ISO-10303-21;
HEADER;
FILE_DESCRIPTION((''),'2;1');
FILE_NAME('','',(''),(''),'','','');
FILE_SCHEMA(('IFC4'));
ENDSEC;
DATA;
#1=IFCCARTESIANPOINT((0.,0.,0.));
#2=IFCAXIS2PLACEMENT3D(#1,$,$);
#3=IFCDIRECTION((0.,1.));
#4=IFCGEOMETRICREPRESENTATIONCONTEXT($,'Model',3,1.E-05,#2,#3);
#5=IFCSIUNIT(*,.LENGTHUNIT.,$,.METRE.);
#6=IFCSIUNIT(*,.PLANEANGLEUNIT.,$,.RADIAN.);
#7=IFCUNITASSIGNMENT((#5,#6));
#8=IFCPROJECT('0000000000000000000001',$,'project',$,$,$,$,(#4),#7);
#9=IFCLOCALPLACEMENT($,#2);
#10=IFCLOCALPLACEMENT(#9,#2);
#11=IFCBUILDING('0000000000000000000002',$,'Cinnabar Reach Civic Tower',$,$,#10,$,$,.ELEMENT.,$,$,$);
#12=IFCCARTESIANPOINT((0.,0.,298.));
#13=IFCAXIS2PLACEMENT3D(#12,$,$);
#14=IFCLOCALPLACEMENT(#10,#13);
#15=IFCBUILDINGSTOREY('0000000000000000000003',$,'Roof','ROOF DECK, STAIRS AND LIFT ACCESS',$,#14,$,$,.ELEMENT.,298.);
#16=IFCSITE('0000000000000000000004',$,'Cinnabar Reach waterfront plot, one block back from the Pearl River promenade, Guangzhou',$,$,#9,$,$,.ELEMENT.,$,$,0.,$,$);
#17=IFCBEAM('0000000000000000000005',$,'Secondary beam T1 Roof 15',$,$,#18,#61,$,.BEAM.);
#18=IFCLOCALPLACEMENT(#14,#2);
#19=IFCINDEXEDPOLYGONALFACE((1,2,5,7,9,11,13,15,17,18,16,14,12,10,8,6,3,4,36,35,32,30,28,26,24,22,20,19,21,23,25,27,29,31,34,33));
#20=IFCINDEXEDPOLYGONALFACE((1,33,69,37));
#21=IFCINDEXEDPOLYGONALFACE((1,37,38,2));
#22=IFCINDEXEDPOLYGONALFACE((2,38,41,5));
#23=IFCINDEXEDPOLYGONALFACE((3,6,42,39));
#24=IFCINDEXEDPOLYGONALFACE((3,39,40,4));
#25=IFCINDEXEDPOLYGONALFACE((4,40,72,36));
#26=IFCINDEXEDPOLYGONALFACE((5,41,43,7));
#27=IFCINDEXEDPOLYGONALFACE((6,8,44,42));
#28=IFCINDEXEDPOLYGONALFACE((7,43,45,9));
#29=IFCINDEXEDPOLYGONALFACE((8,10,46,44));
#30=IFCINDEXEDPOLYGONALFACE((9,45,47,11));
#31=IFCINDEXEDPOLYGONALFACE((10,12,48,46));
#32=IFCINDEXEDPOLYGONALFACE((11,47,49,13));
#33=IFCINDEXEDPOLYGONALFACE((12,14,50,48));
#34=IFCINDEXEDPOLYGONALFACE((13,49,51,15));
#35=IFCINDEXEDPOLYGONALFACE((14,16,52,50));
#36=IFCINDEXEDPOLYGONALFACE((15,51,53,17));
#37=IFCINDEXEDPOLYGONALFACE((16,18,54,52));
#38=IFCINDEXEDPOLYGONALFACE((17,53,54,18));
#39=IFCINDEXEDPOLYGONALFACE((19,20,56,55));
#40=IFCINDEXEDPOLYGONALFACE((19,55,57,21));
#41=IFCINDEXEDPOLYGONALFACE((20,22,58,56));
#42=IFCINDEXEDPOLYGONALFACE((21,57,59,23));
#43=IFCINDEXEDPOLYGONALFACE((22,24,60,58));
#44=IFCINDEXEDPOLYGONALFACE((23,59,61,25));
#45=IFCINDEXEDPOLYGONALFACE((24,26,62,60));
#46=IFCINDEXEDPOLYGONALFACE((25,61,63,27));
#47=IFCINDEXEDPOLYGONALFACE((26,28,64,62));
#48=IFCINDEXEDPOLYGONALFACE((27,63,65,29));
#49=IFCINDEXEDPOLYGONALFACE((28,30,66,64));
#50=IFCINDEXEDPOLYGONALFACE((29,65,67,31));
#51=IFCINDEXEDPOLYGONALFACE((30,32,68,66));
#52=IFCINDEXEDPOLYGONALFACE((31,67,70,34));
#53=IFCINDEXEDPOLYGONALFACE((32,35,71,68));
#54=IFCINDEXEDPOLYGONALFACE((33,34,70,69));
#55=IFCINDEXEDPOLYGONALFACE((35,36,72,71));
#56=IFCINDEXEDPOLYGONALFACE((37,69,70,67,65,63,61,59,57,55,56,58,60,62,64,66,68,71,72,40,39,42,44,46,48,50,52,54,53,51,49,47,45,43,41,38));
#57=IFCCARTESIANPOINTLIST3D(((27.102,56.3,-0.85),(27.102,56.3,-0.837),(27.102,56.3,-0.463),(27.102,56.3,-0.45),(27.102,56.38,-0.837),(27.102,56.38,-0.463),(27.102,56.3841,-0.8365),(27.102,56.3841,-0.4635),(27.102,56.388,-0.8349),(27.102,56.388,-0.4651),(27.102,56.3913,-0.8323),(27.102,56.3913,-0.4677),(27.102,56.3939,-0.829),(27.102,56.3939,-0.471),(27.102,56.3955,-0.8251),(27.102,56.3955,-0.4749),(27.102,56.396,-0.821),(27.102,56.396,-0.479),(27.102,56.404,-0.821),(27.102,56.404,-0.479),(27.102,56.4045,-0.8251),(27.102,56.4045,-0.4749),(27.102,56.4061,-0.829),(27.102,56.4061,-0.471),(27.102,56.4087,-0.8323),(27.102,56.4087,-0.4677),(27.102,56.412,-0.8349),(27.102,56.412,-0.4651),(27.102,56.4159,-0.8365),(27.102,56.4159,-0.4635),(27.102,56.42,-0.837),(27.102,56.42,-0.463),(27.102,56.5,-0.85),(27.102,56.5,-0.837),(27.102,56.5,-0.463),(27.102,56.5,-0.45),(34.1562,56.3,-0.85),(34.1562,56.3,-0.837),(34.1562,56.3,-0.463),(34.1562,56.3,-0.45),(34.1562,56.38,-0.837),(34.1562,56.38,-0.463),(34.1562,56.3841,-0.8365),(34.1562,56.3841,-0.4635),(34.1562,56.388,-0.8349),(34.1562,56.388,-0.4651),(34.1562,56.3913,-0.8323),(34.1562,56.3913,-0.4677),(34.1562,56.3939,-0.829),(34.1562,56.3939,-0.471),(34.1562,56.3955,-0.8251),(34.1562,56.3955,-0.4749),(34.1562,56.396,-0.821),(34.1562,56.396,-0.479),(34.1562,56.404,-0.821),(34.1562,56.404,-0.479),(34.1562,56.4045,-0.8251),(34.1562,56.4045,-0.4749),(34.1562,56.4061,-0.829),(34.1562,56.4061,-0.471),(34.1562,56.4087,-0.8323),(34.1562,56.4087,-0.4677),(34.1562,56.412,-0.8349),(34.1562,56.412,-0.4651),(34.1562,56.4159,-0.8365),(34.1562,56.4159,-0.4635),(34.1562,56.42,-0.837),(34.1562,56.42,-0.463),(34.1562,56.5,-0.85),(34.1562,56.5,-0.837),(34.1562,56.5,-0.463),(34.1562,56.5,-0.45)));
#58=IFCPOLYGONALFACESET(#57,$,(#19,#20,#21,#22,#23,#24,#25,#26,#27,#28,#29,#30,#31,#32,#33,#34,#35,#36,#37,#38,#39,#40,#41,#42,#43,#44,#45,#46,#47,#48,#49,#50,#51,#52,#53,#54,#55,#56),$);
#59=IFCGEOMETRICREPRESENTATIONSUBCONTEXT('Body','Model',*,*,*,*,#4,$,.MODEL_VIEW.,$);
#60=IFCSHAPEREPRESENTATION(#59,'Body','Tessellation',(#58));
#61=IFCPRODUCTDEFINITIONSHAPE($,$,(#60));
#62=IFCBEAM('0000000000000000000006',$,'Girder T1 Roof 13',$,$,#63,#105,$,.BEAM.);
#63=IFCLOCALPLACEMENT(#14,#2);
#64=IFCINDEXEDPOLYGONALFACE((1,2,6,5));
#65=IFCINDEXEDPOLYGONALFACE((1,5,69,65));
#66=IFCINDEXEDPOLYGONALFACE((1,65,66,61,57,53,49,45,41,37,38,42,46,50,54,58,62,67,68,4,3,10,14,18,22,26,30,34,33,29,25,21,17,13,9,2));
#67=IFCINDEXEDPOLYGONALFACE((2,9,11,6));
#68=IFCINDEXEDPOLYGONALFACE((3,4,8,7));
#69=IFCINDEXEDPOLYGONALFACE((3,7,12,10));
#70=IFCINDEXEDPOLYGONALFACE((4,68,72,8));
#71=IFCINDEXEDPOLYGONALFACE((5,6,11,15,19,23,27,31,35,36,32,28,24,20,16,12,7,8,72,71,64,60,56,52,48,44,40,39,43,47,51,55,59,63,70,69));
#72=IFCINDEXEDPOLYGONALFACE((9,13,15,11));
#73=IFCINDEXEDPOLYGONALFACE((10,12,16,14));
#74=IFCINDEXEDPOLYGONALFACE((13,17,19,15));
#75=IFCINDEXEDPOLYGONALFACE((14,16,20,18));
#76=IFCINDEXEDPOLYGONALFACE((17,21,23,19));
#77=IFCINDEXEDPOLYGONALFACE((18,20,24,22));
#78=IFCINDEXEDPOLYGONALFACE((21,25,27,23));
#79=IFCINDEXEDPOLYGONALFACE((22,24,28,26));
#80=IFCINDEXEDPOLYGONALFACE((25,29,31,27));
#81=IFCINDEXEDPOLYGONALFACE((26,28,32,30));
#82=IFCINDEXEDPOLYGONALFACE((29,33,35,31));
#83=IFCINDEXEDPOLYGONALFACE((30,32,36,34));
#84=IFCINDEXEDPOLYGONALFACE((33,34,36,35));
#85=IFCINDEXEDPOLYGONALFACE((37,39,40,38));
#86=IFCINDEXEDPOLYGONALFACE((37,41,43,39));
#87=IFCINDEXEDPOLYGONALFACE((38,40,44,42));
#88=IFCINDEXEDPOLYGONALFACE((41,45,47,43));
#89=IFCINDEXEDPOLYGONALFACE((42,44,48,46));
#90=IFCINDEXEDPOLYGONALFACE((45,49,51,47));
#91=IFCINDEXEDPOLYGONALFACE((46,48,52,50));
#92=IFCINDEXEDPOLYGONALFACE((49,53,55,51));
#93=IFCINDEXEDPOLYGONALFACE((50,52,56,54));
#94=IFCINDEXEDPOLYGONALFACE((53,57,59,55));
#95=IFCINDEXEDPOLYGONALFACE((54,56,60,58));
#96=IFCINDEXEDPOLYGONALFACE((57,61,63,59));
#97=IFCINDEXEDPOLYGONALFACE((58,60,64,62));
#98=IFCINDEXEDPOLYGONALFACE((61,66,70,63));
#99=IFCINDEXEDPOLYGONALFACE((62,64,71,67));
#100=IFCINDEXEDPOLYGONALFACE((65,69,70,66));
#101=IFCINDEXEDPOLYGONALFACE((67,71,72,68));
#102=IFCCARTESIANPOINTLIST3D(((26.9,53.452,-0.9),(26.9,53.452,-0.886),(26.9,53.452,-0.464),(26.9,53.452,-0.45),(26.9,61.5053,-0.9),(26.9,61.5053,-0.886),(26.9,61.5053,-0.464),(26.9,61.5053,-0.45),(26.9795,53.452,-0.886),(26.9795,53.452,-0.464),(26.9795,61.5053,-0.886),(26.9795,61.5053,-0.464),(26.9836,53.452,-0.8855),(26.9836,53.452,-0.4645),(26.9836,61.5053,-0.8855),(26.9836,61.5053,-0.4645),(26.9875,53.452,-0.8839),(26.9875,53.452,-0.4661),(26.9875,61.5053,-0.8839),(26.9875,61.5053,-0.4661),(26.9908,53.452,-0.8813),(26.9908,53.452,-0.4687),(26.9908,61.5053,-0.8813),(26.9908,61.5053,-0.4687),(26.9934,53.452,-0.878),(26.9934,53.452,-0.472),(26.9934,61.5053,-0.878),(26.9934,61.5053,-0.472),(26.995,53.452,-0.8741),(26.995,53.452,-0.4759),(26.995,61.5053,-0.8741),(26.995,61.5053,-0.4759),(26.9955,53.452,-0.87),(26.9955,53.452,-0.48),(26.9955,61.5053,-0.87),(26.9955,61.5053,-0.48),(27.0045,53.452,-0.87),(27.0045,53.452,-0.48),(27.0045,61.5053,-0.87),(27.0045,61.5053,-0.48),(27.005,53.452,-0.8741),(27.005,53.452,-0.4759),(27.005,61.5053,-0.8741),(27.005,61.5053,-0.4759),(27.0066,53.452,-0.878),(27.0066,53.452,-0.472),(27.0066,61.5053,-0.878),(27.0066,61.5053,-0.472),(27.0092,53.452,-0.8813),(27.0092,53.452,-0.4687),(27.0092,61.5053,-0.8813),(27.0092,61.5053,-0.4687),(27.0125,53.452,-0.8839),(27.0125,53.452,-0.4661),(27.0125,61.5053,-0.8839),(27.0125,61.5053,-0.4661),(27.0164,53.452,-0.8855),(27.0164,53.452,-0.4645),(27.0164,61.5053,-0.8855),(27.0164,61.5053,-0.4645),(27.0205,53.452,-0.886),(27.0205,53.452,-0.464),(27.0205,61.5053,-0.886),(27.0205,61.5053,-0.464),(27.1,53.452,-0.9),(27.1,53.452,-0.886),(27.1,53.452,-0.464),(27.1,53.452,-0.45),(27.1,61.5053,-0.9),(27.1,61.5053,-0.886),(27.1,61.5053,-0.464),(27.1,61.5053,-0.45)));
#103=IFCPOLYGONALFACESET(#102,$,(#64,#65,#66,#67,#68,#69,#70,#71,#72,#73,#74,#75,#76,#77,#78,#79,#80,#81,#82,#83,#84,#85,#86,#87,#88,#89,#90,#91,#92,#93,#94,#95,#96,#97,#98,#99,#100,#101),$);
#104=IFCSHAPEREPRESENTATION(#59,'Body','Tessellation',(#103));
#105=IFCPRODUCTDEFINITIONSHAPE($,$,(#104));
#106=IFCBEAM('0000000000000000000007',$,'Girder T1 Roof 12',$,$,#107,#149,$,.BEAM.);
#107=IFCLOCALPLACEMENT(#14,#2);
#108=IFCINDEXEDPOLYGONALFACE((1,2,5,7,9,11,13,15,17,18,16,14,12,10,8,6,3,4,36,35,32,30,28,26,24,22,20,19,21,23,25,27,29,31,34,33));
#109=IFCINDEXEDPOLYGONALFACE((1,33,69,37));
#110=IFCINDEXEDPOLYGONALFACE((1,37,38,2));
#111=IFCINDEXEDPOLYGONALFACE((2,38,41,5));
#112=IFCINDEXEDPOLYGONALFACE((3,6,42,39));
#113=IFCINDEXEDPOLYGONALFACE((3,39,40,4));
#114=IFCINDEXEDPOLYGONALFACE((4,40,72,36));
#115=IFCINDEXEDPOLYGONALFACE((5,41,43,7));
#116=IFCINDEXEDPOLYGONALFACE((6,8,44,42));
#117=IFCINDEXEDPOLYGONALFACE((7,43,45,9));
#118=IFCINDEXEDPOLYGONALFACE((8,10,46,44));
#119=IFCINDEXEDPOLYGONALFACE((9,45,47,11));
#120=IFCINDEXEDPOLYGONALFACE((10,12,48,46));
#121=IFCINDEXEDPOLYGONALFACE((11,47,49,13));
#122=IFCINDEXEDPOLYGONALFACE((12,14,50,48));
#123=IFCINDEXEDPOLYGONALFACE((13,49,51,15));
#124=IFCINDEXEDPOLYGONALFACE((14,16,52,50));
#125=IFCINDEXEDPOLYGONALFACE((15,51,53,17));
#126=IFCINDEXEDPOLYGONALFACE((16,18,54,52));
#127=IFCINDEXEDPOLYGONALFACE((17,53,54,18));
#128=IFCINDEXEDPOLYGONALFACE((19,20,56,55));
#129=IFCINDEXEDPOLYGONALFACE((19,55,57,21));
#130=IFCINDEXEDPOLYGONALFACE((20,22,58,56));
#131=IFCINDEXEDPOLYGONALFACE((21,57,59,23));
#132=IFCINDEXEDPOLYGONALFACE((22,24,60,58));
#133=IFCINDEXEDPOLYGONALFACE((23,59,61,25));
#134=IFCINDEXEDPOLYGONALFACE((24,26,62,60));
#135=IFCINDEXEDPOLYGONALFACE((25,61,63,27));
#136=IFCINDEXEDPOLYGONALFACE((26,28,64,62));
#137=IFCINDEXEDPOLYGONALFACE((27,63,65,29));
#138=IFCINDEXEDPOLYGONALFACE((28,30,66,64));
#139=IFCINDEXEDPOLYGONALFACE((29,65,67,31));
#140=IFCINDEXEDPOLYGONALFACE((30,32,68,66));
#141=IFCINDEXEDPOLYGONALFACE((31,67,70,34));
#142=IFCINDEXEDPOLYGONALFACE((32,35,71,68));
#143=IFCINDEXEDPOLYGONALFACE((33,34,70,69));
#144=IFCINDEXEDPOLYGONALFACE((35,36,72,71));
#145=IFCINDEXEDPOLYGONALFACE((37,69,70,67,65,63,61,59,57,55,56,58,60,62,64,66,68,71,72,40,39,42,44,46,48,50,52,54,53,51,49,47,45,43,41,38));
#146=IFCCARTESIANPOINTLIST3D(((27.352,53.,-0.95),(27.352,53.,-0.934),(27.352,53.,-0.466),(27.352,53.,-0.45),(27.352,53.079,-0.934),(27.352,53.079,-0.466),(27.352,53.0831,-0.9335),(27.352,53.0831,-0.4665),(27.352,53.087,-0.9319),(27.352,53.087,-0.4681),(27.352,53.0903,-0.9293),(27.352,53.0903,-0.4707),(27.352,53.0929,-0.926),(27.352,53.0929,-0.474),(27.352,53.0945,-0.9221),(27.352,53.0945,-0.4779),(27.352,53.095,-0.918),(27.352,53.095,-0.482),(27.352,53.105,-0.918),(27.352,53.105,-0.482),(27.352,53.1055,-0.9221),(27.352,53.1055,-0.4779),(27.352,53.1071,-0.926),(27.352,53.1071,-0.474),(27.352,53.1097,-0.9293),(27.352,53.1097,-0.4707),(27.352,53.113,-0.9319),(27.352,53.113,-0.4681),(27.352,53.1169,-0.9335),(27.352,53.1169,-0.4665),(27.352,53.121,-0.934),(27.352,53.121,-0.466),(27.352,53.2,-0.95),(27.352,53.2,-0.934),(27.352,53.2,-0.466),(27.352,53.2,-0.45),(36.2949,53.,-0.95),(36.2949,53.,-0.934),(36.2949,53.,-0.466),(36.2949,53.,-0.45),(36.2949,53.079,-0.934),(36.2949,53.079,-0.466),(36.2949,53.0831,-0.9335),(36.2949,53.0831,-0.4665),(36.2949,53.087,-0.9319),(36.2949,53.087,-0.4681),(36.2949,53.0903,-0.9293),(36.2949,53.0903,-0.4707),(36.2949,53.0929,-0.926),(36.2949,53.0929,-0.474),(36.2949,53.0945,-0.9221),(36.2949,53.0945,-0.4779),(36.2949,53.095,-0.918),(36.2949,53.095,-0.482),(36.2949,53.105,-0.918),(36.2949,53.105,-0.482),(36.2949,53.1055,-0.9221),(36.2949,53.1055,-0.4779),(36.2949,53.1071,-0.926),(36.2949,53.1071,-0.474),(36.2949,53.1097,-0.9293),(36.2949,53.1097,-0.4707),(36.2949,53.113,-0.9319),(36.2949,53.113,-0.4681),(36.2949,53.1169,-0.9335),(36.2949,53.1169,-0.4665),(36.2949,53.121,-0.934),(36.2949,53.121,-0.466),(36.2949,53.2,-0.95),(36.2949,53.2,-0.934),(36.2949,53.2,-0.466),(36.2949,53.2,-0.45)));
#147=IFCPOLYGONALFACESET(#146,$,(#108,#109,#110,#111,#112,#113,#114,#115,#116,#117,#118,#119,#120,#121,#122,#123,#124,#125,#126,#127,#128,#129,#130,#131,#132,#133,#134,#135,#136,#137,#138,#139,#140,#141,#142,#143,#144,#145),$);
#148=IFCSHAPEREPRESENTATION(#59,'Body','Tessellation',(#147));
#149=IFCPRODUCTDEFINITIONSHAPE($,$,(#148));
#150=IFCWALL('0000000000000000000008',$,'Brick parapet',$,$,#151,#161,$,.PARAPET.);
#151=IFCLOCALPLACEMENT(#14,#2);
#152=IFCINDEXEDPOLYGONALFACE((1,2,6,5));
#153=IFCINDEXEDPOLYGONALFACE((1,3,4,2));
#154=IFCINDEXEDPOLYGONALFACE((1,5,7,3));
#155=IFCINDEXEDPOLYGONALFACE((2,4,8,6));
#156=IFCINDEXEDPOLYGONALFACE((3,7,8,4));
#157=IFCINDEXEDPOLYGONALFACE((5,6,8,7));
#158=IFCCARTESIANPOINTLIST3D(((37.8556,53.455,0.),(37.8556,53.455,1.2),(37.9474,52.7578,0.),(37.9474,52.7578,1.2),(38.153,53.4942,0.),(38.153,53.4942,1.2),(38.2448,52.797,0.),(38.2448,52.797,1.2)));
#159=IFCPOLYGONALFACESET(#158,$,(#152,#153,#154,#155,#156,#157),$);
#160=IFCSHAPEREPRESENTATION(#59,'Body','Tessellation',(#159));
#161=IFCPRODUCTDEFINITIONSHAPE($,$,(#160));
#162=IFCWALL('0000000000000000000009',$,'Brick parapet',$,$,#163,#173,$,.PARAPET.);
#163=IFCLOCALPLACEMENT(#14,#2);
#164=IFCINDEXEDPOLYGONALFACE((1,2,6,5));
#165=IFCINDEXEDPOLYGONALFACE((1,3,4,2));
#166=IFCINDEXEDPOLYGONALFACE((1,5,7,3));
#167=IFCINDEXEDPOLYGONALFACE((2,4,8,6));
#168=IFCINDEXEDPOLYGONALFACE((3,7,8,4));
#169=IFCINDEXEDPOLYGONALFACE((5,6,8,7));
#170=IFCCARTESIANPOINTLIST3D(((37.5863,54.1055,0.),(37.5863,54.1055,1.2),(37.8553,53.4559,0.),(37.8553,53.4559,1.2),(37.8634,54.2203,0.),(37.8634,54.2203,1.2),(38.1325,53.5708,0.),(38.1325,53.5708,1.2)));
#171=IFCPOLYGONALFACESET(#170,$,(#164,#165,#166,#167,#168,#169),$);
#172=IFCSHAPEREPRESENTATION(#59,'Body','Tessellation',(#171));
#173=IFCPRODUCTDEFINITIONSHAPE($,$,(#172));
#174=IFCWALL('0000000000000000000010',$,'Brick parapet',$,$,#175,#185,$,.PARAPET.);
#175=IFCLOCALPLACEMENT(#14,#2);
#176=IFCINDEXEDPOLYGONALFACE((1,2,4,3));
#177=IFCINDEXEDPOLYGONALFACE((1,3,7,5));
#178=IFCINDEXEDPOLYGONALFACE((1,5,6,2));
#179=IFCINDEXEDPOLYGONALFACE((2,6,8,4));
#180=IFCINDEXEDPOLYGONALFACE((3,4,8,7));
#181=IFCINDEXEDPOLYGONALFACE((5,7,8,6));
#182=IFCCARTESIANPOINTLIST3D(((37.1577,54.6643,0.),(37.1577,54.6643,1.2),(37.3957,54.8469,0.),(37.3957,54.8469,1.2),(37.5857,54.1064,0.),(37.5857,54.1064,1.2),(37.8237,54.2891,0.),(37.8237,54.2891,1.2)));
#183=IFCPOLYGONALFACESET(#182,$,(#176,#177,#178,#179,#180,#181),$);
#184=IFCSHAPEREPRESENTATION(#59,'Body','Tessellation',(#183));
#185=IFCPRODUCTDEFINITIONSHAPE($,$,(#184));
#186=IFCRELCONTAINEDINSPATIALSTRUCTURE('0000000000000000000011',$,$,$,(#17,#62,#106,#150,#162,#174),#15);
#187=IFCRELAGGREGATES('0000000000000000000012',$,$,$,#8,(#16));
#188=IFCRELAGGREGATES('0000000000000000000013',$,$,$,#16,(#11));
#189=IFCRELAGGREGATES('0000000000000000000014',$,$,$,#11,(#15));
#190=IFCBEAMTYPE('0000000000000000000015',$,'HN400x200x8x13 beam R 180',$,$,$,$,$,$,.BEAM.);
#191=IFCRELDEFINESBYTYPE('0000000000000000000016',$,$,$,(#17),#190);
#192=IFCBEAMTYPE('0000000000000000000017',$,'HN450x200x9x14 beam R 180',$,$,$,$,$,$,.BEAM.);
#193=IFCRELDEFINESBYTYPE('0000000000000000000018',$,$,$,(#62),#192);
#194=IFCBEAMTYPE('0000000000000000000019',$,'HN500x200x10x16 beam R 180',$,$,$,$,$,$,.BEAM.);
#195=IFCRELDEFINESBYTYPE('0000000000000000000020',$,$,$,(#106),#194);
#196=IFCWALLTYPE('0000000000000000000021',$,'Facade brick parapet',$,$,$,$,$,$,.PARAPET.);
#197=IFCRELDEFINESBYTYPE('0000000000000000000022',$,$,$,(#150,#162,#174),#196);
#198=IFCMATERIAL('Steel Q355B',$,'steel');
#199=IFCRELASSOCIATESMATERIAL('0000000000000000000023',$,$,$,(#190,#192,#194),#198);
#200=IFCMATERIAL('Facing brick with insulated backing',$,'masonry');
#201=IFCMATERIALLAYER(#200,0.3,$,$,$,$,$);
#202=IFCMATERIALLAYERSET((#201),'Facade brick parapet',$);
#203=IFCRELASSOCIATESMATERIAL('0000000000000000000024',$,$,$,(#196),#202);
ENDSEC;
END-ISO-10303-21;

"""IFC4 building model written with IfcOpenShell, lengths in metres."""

from ifc_helpers import new_model, si_unit, direction, frame, frame_2d, origin, origin_2d, place, context, subcontext, project, spatial, rectangle, i_section, extrude, material, layer, layer_set, material_profile, profile_set, type_object, element, save


model = new_model("IFC4")

# Units and contexts
model_context = context("Model", 3, precision=1e-05, world=origin(), true_north=direction((0.0, 1.0)))
body_context = subcontext(model_context, "Body", "Model", "MODEL_VIEW")
ifc_project = project(units=[si_unit("LENGTHUNIT", "METRE"), si_unit("PLANEANGLEUNIT", "RADIAN")], contexts=[model_context])

# Site, building, storey
site_placement = place(None, origin())
site = spatial("IfcSite", under=ifc_project, at=site_placement, Name="Cinnabar Reach waterfront plot, one block back from the Pearl River promenade, Guangzhou", CompositionType="ELEMENT", RefElevation=0.0)
building_placement = place(site_placement, origin())
building = spatial("IfcBuilding", under=site, at=building_placement, Name="Cinnabar Reach Civic Tower", CompositionType="ELEMENT")
storey_placement = place(building_placement, frame((0.0, 0.0, 298.0)))
storey = spatial("IfcBuildingStorey", under=building, at=storey_placement, Name="Roof", Description="ROOF DECK, STAIRS AND LIFT ACCESS", CompositionType="ELEMENT", Elevation=298.0)

# Shared definitions
ifc_material_1 = material(Name="Steel Q355B", Category="steel")

# Beams
ifc_material_profile_1 = material_profile(ifc_material_1, i_section(OverallWidth=0.2, OverallDepth=0.4, WebThickness=0.008, FlangeThickness=0.013, FilletRadius=0.016, at=origin_2d()), Name="HN400x200x8x13")
ifc_profile_set_1 = profile_set([ifc_material_profile_1], Name="Steel Q355B")
beam_type_1 = type_object("IfcBeamType", Name="HN400x200x8x13 beam R 180", PredefinedType="BEAM", material=ifc_profile_set_1)
beam_1_placement = place(storey_placement, frame((27.102, 56.4, -0.65), z_axis=(1.0, 0.0, 0.0), x_axis=(0.0, 1.0, 0.0)))
element("IfcBeam", 1, at=beam_1_placement, inside=storey, type_object=beam_type_1, Name="Secondary beam T1 Roof 15", PredefinedType="BEAM", context=body_context, shape_type="SweptSolid", body=[
    extrude(i_section(OverallWidth=0.2, OverallDepth=0.4, WebThickness=0.008, FlangeThickness=0.013, FilletRadius=0.016, at=origin_2d()), origin(), (0.0, 0.0, 1.0), 7.0542),
])
ifc_material_profile_2 = material_profile(ifc_material_1, i_section(OverallWidth=0.2, OverallDepth=0.45, WebThickness=0.009, FlangeThickness=0.014, FilletRadius=0.016, at=origin_2d()), Name="HN450x200x9x14")
ifc_profile_set_2 = profile_set([ifc_material_profile_2], Name="Steel Q355B")
beam_type_2 = type_object("IfcBeamType", Name="HN450x200x9x14 beam R 180", PredefinedType="BEAM", material=ifc_profile_set_2)
beam_2_placement = place(storey_placement, frame((27.0, 53.452, -0.675), z_axis=(0.0, 1.0, 0.0), x_axis=(-1.0, 0.0, 0.0)))
element("IfcBeam", 2, at=beam_2_placement, inside=storey, type_object=beam_type_2, Name="Girder T1 Roof 13", PredefinedType="BEAM", context=body_context, shape_type="SweptSolid", body=[
    extrude(i_section(OverallWidth=0.2, OverallDepth=0.45, WebThickness=0.009, FlangeThickness=0.014, FilletRadius=0.016, at=origin_2d()), origin(), (0.0, 0.0, 1.0), 8.0533),
])
ifc_material_profile_3 = material_profile(ifc_material_1, i_section(OverallWidth=0.2, OverallDepth=0.5, WebThickness=0.01, FlangeThickness=0.016, FilletRadius=0.016, at=origin_2d()), Name="HN500x200x10x16")
ifc_profile_set_3 = profile_set([ifc_material_profile_3], Name="Steel Q355B")
beam_type_3 = type_object("IfcBeamType", Name="HN500x200x10x16 beam R 180", PredefinedType="BEAM", material=ifc_profile_set_3)
beam_3_placement = place(storey_placement, frame((27.352, 53.1, -0.7), z_axis=(1.0, 0.0, 0.0), x_axis=(0.0, 1.0, 0.0)))
element("IfcBeam", 3, at=beam_3_placement, inside=storey, type_object=beam_type_3, Name="Girder T1 Roof 12", PredefinedType="BEAM", context=body_context, shape_type="SweptSolid", body=[
    extrude(i_section(OverallWidth=0.2, OverallDepth=0.5, WebThickness=0.01, FlangeThickness=0.016, FilletRadius=0.016, at=origin_2d()), origin(), (0.0, 0.0, 1.0), 8.9429),
])

# Walls
ifc_material_2 = material(Name="Facing brick with insulated backing", Category="masonry")
ifc_layer_1 = layer(ifc_material_2, 0.3)
ifc_layer_set_1 = layer_set([ifc_layer_1], Name="Facade brick parapet")
wall_type_1 = type_object("IfcWallType", Name="Facade brick parapet", PredefinedType="PARAPET", material=ifc_layer_set_1)
wall_1_placement = place(storey_placement, frame((38.0961, 52.7774, 0.0), z_axis=(0.0, 0.0, 1.0), x_axis=(-0.130543, 0.991443, 0.0)))
element("IfcWall", 4, at=wall_1_placement, inside=storey, type_object=wall_type_1, Name="Brick parapet", PredefinedType="PARAPET", context=body_context, shape_type="SweptSolid", body=[
    extrude(rectangle(XDim=0.7032, YDim=0.3, at=frame_2d((0.3516, 0.0))), origin(), (0.0, 0.0, 1.0), 1.2),
])
for number, where, z_axis, x_axis, name in (
    (5, (37.9939, 53.5134, 0.0), (0.0, 0.0, 1.0), (-0.382716, 0.923866, 0.0), "Brick parapet"),
    (6, (37.7047, 54.1978, 0.0), (0.0, 0.0, 1.0), (-0.608748, 0.793364, 0.0), "Brick parapet"),
):
    element("IfcWall", number, at=place(storey_placement, frame(where, z_axis=z_axis, x_axis=x_axis)), inside=storey, type_object=wall_type_1, Name=name, PredefinedType="PARAPET", context=body_context, shape_type="SweptSolid", body=[
        extrude(rectangle(XDim=0.7031, YDim=0.3, at=frame_2d((0.3515, 0.0))), origin(), (0.0, 0.0, 1.0), 1.2),
    ])

save(model, "model.ifc")
